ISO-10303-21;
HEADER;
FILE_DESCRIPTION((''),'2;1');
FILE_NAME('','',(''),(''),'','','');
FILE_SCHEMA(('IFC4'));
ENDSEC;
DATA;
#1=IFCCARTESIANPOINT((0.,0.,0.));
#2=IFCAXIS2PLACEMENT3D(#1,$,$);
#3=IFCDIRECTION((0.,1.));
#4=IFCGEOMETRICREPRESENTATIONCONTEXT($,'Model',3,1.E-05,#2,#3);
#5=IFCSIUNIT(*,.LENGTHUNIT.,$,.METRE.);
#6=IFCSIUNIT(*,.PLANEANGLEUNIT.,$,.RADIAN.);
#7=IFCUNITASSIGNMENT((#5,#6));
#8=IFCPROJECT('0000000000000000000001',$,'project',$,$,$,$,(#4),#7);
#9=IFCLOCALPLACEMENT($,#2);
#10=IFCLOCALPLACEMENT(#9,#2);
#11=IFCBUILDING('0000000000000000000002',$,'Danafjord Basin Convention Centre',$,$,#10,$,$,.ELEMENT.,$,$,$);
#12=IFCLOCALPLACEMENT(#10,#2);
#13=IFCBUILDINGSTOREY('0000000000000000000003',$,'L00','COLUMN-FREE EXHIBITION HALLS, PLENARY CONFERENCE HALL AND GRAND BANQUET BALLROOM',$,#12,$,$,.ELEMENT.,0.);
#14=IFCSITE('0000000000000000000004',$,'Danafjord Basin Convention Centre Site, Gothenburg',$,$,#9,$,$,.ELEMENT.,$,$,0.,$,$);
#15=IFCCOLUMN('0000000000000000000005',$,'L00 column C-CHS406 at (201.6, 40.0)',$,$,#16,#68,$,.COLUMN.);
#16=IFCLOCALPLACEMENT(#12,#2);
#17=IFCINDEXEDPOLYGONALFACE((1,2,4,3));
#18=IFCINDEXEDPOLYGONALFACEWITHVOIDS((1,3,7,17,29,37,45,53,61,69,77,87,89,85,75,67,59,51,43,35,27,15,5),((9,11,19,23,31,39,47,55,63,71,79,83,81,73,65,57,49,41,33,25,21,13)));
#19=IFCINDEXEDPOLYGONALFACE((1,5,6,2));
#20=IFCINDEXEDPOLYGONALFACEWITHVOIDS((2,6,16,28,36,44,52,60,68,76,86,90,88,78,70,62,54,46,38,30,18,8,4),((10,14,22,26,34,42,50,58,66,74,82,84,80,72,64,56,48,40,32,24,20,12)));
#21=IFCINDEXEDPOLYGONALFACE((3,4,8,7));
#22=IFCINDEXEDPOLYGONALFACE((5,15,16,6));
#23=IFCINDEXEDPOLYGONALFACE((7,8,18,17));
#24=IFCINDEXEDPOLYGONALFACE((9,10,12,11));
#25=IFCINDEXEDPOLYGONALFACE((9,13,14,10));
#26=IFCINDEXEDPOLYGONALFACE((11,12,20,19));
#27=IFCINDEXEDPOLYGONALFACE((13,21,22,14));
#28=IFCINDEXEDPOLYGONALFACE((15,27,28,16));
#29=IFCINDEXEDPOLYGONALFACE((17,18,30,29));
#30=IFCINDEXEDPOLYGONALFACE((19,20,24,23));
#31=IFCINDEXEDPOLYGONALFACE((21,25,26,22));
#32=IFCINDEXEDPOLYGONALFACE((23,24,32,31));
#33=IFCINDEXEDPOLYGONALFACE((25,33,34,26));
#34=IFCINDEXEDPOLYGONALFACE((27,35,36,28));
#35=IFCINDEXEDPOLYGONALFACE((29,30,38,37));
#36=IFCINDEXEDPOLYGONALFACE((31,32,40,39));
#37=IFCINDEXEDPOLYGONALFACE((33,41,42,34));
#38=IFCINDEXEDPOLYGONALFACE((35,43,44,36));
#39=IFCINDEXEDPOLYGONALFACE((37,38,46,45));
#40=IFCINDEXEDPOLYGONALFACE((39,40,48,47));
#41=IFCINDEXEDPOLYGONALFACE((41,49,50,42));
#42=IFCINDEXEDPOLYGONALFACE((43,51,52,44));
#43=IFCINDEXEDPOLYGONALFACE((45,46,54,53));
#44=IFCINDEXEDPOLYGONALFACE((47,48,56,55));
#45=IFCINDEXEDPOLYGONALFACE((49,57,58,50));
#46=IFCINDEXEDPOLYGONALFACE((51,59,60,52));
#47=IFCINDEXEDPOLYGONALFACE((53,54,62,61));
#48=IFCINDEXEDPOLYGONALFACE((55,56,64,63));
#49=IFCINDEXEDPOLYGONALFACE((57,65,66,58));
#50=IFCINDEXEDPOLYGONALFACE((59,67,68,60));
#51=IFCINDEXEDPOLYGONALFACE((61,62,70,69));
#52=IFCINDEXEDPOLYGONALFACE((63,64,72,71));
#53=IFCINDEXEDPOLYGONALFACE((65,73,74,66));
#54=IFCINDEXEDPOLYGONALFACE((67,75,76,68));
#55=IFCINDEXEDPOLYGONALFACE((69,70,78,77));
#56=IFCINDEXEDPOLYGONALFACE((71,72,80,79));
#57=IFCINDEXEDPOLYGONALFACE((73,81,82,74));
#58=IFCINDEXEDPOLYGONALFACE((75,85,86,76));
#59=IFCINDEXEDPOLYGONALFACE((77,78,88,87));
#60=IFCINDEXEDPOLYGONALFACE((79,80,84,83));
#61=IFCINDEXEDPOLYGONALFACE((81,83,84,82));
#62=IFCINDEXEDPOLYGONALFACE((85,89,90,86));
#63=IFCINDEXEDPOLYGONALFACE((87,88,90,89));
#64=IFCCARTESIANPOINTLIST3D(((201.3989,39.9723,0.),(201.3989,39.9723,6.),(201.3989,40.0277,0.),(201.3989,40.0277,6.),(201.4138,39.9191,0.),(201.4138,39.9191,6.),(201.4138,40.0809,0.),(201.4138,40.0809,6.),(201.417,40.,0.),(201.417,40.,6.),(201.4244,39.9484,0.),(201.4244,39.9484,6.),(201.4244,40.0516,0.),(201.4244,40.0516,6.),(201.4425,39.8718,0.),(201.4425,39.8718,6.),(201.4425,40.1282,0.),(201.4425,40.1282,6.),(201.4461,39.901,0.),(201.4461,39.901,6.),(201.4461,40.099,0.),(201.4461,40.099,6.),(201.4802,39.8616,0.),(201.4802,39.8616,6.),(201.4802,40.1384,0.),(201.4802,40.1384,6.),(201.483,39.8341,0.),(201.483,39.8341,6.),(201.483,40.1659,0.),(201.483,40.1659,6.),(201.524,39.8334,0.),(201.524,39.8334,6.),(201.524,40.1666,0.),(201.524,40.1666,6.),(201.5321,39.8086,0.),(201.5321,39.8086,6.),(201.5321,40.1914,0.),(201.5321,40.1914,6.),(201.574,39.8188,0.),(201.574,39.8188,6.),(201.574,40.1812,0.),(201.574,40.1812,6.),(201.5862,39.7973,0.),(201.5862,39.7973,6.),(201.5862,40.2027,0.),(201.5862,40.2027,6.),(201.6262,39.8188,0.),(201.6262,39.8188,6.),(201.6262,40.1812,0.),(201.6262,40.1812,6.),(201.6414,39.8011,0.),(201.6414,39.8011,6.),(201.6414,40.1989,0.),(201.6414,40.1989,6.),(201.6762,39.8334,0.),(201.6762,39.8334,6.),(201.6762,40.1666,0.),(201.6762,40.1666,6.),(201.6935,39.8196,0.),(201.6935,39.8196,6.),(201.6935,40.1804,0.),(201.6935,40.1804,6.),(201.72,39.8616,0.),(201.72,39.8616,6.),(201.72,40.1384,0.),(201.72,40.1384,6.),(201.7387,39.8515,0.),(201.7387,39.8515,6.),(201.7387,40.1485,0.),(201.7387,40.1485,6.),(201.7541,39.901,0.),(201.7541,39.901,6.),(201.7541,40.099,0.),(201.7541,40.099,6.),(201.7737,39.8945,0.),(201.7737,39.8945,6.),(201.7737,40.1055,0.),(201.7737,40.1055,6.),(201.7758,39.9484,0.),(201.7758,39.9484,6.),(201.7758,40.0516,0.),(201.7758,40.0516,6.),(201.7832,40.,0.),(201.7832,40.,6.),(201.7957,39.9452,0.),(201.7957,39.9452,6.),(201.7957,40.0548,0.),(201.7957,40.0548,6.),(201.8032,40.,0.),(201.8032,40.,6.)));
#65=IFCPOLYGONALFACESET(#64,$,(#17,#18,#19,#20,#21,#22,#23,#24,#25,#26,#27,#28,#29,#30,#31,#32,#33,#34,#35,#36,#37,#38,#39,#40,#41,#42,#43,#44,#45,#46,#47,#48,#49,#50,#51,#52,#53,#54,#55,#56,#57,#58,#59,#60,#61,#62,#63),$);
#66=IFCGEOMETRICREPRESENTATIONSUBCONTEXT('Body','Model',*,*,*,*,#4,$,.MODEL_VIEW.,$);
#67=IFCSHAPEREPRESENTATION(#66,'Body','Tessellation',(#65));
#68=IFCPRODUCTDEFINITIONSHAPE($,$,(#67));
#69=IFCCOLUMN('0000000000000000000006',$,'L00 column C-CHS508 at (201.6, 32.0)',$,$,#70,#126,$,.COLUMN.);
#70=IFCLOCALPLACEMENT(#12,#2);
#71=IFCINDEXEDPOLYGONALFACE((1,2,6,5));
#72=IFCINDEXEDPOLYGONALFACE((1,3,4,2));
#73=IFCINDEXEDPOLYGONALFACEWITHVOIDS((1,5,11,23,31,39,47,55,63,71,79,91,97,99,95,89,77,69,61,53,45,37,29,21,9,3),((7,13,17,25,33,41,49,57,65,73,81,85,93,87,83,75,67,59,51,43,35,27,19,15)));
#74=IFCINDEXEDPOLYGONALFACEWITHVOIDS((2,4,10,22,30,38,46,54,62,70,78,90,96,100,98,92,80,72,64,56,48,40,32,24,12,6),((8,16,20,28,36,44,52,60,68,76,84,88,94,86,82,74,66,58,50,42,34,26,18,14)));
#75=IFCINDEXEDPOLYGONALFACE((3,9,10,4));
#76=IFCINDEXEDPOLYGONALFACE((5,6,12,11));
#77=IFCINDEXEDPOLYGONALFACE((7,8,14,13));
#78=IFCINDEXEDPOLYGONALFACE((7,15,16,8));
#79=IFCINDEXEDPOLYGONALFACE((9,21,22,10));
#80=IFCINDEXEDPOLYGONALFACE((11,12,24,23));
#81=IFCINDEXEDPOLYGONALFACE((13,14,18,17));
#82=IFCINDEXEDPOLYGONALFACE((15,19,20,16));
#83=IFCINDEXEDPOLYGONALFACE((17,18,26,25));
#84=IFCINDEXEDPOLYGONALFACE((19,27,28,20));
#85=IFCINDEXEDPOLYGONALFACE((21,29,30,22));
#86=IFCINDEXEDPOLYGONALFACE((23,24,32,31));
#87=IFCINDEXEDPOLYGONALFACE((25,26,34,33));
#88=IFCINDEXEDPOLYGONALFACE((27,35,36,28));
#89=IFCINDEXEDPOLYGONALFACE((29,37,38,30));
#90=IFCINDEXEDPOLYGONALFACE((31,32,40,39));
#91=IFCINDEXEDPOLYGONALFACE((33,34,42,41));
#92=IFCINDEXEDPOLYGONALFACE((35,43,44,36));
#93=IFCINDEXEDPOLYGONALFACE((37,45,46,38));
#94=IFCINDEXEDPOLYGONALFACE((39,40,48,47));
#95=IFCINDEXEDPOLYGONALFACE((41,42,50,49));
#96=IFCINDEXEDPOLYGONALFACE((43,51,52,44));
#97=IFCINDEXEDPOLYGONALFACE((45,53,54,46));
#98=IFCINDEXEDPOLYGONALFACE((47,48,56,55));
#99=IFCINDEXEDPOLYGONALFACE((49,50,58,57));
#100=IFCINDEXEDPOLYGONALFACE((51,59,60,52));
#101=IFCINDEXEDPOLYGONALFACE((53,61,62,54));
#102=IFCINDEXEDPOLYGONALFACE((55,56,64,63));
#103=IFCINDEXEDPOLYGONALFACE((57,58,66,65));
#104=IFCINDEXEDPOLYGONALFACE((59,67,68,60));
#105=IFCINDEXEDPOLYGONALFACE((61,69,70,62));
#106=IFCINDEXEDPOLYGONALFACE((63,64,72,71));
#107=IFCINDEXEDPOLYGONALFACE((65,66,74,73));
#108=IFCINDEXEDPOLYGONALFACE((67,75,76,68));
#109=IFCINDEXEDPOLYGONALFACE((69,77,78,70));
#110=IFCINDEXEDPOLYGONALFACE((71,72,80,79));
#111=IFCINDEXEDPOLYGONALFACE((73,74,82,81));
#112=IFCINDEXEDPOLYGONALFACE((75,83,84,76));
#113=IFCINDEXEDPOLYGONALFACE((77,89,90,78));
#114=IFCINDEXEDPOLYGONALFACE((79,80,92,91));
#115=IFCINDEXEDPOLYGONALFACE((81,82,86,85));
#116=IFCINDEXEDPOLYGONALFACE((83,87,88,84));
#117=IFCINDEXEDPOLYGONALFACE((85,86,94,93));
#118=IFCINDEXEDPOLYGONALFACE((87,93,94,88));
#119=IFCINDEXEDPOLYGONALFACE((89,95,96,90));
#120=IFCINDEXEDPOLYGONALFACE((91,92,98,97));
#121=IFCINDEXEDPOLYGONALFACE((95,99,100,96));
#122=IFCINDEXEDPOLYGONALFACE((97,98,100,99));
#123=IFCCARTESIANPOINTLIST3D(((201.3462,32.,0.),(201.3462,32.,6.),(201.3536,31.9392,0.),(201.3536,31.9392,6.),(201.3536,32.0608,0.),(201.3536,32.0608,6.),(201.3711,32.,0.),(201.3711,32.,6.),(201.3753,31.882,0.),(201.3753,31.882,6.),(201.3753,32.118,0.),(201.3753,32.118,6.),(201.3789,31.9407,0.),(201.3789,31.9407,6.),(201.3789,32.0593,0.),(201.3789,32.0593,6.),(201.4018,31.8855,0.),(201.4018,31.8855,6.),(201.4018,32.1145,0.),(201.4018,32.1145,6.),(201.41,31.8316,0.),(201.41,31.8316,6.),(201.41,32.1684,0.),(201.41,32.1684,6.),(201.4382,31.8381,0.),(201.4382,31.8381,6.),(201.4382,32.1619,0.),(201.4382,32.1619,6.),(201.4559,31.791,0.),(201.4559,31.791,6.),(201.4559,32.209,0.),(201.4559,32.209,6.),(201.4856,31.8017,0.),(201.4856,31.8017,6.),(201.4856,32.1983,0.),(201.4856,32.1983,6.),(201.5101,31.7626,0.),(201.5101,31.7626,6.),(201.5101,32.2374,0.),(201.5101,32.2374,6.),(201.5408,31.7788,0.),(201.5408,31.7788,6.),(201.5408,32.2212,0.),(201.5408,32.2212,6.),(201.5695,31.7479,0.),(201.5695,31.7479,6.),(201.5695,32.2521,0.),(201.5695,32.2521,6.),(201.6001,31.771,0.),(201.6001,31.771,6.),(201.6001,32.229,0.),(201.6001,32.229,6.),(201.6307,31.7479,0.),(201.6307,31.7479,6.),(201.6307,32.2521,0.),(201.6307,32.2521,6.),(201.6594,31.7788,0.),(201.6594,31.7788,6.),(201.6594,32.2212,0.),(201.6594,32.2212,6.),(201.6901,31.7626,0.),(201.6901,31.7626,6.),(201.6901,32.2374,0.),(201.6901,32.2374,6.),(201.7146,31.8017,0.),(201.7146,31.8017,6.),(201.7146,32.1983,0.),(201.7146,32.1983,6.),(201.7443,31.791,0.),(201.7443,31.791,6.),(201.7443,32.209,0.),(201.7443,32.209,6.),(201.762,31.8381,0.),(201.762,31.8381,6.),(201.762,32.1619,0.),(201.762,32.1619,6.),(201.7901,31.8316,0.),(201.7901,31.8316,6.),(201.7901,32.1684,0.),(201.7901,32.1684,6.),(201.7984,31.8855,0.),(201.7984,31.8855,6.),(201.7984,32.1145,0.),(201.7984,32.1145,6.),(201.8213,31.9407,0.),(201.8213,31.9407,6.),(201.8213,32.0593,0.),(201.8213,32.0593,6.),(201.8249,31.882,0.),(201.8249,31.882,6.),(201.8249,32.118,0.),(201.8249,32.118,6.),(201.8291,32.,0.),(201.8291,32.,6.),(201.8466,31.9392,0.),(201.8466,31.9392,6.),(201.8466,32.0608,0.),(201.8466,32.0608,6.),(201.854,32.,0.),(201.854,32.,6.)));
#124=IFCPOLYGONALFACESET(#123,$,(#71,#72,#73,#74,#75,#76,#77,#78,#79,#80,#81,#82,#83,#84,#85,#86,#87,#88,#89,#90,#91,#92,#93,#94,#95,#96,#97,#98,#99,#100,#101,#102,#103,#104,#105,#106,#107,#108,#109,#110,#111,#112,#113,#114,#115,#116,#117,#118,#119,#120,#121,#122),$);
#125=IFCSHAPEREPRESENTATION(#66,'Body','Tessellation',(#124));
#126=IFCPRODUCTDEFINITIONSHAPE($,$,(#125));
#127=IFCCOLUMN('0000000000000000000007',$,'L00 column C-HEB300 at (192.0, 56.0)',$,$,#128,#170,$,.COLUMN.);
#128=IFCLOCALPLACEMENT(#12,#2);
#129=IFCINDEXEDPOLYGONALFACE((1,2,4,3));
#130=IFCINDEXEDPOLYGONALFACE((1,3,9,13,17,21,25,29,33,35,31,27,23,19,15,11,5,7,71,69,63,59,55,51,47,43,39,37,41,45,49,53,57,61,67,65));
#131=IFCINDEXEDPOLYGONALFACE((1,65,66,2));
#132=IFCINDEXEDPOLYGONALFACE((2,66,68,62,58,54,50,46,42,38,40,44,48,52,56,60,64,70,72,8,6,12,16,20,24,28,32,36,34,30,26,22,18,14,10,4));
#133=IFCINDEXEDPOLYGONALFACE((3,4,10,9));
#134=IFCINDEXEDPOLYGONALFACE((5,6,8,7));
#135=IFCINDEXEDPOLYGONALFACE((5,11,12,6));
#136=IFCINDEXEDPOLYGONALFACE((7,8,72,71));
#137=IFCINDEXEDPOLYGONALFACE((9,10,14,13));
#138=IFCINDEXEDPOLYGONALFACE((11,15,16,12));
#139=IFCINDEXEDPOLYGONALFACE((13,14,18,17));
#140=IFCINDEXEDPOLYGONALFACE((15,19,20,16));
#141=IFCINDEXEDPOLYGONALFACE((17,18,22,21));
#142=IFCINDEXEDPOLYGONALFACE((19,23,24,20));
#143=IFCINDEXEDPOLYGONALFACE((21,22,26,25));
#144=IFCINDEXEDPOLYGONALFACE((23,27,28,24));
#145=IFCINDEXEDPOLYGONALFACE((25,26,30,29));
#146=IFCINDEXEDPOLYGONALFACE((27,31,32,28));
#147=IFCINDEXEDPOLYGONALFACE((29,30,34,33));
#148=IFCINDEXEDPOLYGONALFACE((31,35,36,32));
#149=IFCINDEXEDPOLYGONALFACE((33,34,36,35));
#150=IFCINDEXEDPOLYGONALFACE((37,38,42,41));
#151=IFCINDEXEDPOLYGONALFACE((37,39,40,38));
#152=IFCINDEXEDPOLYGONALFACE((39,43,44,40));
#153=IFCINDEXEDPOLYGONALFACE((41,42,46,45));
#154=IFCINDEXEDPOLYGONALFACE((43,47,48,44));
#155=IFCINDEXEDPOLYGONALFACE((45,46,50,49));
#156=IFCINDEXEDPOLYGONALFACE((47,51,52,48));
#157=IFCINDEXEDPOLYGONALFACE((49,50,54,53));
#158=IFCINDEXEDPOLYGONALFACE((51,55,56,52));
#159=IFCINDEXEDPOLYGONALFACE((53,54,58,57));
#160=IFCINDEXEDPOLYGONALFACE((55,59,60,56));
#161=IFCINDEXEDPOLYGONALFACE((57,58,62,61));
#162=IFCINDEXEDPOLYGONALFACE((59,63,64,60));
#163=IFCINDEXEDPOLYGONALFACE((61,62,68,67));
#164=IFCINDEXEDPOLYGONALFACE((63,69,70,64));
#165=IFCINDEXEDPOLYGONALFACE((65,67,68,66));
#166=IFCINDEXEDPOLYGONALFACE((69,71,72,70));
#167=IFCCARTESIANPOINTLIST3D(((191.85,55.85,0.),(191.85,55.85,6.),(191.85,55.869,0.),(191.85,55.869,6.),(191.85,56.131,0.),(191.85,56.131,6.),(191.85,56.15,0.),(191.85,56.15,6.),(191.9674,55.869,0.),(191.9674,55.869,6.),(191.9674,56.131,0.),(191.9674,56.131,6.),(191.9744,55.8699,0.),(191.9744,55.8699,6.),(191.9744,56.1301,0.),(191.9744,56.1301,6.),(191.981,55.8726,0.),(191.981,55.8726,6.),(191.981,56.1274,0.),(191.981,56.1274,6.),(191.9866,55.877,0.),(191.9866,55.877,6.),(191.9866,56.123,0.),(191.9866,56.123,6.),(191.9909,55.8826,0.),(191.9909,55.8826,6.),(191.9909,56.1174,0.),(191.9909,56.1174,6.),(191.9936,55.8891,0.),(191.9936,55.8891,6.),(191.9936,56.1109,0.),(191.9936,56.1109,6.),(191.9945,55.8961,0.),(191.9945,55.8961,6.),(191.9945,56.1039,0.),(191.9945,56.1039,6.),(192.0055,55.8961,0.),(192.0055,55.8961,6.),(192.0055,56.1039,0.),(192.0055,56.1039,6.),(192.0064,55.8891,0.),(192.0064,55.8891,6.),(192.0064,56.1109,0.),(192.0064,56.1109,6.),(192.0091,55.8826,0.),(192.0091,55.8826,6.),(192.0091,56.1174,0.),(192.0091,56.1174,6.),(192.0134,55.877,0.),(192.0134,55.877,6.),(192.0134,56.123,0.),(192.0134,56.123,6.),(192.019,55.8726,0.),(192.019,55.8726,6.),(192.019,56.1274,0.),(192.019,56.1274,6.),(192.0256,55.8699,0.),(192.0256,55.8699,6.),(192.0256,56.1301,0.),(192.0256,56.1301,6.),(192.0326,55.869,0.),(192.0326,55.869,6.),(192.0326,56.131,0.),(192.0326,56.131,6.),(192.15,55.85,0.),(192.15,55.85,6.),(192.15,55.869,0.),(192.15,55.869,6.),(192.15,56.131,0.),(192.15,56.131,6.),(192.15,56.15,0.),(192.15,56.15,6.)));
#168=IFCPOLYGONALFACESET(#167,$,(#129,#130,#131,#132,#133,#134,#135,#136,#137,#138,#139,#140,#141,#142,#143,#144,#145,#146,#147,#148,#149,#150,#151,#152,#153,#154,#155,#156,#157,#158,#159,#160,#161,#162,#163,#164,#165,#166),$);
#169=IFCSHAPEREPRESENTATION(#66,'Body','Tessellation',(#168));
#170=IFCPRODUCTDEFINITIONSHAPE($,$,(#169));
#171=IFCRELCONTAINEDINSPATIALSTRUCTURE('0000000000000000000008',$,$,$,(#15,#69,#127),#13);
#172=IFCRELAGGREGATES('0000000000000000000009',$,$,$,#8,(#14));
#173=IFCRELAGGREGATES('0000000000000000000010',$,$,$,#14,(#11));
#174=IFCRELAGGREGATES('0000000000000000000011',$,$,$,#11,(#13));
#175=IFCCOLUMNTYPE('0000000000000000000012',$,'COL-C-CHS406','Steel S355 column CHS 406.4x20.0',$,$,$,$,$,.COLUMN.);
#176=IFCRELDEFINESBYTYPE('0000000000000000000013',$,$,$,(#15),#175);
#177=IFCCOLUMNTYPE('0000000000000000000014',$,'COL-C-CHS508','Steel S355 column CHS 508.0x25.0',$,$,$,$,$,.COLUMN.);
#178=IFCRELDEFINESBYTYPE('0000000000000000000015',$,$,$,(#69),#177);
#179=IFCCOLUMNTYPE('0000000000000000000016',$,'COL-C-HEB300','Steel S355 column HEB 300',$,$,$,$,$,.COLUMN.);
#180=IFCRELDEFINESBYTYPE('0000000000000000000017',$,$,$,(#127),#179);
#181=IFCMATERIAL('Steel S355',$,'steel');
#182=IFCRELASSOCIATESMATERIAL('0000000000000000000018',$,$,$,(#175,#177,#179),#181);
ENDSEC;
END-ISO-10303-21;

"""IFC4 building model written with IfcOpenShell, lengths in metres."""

from ifc_helpers import new_model, si_unit, direction, frame, origin, origin_2d, place, context, subcontext, project, spatial, hollow_circle, i_section, extrude, material, material_profile, profile_set, type_object, element, save


model = new_model("IFC4")

# Units and contexts
model_context = context("Model", 3, precision=1e-05, world=origin(), true_north=direction((0.0, 1.0)))
body_context = subcontext(model_context, "Body", "Model", "MODEL_VIEW")
ifc_project = project(units=[si_unit("LENGTHUNIT", "METRE"), si_unit("PLANEANGLEUNIT", "RADIAN")], contexts=[model_context])

# Site, building, storey
site_placement = place(None, origin())
site = spatial("IfcSite", under=ifc_project, at=site_placement, Name="Danafjord Basin Convention Centre Site, Gothenburg", CompositionType="ELEMENT", RefElevation=0.0)
building_placement = place(site_placement, origin())
building = spatial("IfcBuilding", under=site, at=building_placement, Name="Danafjord Basin Convention Centre", CompositionType="ELEMENT")
storey_placement = place(building_placement, origin())
storey = spatial("IfcBuildingStorey", under=building, at=storey_placement, Name="L00", Description="COLUMN-FREE EXHIBITION HALLS, PLENARY CONFERENCE HALL AND GRAND BANQUET BALLROOM", CompositionType="ELEMENT", Elevation=0.0)

# Columns
ifc_material_1 = material(Name="Steel S355", Category="steel")
ifc_material_profile_1 = material_profile(ifc_material_1, hollow_circle(Radius=0.2031, WallThickness=0.02, at=origin_2d()), Name="CHS 406.4x20.0")
ifc_profile_set_1 = profile_set([ifc_material_profile_1], Name="Steel S355")
column_type_1 = type_object("IfcColumnType", Name="COL-C-CHS406", Description="Steel S355 column CHS 406.4x20.0", PredefinedType="COLUMN", material=ifc_profile_set_1)
column_1_placement = place(storey_placement, frame((201.6001, 40.0, 0.0), z_axis=(0.0, 0.0, 1.0), x_axis=(1.0, 0.0, 0.0)))
element("IfcColumn", 1, at=column_1_placement, inside=storey, type_object=column_type_1, Name="L00 column C-CHS406 at (201.6, 40.0)", PredefinedType="COLUMN", context=body_context, shape_type="SweptSolid", body=[
    extrude(hollow_circle(Radius=0.2031, WallThickness=0.02, at=origin_2d()), origin(), (0.0, 0.0, 1.0), 6.0),
])
ifc_material_profile_2 = material_profile(ifc_material_1, hollow_circle(Radius=0.2539, WallThickness=0.0249, at=origin_2d()), Name="CHS 508.0x25.0")
ifc_profile_set_2 = profile_set([ifc_material_profile_2], Name="Steel S355")
column_type_2 = type_object("IfcColumnType", Name="COL-C-CHS508", Description="Steel S355 column CHS 508.0x25.0", PredefinedType="COLUMN", material=ifc_profile_set_2)
column_2_placement = place(storey_placement, frame((201.6001, 32.0, 0.0), z_axis=(0.0, 0.0, 1.0), x_axis=(1.0, 0.0, 0.0)))
element("IfcColumn", 2, at=column_2_placement, inside=storey, type_object=column_type_2, Name="L00 column C-CHS508 at (201.6, 32.0)", PredefinedType="COLUMN", context=body_context, shape_type="SweptSolid", body=[
    extrude(hollow_circle(Radius=0.2539, WallThickness=0.0249, at=origin_2d()), origin(), (0.0, 0.0, 1.0), 6.0),
])
ifc_material_profile_3 = material_profile(ifc_material_1, i_section(OverallWidth=0.3, OverallDepth=0.3, WebThickness=0.011, FlangeThickness=0.019, FilletRadius=0.0271, at=origin_2d()), Name="HEB 300")
ifc_profile_set_3 = profile_set([ifc_material_profile_3], Name="Steel S355")
column_type_3 = type_object("IfcColumnType", Name="COL-C-HEB300", Description="Steel S355 column HEB 300", PredefinedType="COLUMN", material=ifc_profile_set_3)
column_3_placement = place(storey_placement, frame((192.0, 56.0, 0.0), z_axis=(0.0, 0.0, 1.0), x_axis=(1.0, 0.0, 0.0)))
element("IfcColumn", 3, at=column_3_placement, inside=storey, type_object=column_type_3, Name="L00 column C-HEB300 at (192.0, 56.0)", PredefinedType="COLUMN", context=body_context, shape_type="SweptSolid", body=[
    extrude(i_section(OverallWidth=0.3, OverallDepth=0.3, WebThickness=0.011, FlangeThickness=0.019, FilletRadius=0.0271, at=origin_2d()), origin(), (0.0, 0.0, 1.0), 6.0),
])

save(model, "model.ifc")
